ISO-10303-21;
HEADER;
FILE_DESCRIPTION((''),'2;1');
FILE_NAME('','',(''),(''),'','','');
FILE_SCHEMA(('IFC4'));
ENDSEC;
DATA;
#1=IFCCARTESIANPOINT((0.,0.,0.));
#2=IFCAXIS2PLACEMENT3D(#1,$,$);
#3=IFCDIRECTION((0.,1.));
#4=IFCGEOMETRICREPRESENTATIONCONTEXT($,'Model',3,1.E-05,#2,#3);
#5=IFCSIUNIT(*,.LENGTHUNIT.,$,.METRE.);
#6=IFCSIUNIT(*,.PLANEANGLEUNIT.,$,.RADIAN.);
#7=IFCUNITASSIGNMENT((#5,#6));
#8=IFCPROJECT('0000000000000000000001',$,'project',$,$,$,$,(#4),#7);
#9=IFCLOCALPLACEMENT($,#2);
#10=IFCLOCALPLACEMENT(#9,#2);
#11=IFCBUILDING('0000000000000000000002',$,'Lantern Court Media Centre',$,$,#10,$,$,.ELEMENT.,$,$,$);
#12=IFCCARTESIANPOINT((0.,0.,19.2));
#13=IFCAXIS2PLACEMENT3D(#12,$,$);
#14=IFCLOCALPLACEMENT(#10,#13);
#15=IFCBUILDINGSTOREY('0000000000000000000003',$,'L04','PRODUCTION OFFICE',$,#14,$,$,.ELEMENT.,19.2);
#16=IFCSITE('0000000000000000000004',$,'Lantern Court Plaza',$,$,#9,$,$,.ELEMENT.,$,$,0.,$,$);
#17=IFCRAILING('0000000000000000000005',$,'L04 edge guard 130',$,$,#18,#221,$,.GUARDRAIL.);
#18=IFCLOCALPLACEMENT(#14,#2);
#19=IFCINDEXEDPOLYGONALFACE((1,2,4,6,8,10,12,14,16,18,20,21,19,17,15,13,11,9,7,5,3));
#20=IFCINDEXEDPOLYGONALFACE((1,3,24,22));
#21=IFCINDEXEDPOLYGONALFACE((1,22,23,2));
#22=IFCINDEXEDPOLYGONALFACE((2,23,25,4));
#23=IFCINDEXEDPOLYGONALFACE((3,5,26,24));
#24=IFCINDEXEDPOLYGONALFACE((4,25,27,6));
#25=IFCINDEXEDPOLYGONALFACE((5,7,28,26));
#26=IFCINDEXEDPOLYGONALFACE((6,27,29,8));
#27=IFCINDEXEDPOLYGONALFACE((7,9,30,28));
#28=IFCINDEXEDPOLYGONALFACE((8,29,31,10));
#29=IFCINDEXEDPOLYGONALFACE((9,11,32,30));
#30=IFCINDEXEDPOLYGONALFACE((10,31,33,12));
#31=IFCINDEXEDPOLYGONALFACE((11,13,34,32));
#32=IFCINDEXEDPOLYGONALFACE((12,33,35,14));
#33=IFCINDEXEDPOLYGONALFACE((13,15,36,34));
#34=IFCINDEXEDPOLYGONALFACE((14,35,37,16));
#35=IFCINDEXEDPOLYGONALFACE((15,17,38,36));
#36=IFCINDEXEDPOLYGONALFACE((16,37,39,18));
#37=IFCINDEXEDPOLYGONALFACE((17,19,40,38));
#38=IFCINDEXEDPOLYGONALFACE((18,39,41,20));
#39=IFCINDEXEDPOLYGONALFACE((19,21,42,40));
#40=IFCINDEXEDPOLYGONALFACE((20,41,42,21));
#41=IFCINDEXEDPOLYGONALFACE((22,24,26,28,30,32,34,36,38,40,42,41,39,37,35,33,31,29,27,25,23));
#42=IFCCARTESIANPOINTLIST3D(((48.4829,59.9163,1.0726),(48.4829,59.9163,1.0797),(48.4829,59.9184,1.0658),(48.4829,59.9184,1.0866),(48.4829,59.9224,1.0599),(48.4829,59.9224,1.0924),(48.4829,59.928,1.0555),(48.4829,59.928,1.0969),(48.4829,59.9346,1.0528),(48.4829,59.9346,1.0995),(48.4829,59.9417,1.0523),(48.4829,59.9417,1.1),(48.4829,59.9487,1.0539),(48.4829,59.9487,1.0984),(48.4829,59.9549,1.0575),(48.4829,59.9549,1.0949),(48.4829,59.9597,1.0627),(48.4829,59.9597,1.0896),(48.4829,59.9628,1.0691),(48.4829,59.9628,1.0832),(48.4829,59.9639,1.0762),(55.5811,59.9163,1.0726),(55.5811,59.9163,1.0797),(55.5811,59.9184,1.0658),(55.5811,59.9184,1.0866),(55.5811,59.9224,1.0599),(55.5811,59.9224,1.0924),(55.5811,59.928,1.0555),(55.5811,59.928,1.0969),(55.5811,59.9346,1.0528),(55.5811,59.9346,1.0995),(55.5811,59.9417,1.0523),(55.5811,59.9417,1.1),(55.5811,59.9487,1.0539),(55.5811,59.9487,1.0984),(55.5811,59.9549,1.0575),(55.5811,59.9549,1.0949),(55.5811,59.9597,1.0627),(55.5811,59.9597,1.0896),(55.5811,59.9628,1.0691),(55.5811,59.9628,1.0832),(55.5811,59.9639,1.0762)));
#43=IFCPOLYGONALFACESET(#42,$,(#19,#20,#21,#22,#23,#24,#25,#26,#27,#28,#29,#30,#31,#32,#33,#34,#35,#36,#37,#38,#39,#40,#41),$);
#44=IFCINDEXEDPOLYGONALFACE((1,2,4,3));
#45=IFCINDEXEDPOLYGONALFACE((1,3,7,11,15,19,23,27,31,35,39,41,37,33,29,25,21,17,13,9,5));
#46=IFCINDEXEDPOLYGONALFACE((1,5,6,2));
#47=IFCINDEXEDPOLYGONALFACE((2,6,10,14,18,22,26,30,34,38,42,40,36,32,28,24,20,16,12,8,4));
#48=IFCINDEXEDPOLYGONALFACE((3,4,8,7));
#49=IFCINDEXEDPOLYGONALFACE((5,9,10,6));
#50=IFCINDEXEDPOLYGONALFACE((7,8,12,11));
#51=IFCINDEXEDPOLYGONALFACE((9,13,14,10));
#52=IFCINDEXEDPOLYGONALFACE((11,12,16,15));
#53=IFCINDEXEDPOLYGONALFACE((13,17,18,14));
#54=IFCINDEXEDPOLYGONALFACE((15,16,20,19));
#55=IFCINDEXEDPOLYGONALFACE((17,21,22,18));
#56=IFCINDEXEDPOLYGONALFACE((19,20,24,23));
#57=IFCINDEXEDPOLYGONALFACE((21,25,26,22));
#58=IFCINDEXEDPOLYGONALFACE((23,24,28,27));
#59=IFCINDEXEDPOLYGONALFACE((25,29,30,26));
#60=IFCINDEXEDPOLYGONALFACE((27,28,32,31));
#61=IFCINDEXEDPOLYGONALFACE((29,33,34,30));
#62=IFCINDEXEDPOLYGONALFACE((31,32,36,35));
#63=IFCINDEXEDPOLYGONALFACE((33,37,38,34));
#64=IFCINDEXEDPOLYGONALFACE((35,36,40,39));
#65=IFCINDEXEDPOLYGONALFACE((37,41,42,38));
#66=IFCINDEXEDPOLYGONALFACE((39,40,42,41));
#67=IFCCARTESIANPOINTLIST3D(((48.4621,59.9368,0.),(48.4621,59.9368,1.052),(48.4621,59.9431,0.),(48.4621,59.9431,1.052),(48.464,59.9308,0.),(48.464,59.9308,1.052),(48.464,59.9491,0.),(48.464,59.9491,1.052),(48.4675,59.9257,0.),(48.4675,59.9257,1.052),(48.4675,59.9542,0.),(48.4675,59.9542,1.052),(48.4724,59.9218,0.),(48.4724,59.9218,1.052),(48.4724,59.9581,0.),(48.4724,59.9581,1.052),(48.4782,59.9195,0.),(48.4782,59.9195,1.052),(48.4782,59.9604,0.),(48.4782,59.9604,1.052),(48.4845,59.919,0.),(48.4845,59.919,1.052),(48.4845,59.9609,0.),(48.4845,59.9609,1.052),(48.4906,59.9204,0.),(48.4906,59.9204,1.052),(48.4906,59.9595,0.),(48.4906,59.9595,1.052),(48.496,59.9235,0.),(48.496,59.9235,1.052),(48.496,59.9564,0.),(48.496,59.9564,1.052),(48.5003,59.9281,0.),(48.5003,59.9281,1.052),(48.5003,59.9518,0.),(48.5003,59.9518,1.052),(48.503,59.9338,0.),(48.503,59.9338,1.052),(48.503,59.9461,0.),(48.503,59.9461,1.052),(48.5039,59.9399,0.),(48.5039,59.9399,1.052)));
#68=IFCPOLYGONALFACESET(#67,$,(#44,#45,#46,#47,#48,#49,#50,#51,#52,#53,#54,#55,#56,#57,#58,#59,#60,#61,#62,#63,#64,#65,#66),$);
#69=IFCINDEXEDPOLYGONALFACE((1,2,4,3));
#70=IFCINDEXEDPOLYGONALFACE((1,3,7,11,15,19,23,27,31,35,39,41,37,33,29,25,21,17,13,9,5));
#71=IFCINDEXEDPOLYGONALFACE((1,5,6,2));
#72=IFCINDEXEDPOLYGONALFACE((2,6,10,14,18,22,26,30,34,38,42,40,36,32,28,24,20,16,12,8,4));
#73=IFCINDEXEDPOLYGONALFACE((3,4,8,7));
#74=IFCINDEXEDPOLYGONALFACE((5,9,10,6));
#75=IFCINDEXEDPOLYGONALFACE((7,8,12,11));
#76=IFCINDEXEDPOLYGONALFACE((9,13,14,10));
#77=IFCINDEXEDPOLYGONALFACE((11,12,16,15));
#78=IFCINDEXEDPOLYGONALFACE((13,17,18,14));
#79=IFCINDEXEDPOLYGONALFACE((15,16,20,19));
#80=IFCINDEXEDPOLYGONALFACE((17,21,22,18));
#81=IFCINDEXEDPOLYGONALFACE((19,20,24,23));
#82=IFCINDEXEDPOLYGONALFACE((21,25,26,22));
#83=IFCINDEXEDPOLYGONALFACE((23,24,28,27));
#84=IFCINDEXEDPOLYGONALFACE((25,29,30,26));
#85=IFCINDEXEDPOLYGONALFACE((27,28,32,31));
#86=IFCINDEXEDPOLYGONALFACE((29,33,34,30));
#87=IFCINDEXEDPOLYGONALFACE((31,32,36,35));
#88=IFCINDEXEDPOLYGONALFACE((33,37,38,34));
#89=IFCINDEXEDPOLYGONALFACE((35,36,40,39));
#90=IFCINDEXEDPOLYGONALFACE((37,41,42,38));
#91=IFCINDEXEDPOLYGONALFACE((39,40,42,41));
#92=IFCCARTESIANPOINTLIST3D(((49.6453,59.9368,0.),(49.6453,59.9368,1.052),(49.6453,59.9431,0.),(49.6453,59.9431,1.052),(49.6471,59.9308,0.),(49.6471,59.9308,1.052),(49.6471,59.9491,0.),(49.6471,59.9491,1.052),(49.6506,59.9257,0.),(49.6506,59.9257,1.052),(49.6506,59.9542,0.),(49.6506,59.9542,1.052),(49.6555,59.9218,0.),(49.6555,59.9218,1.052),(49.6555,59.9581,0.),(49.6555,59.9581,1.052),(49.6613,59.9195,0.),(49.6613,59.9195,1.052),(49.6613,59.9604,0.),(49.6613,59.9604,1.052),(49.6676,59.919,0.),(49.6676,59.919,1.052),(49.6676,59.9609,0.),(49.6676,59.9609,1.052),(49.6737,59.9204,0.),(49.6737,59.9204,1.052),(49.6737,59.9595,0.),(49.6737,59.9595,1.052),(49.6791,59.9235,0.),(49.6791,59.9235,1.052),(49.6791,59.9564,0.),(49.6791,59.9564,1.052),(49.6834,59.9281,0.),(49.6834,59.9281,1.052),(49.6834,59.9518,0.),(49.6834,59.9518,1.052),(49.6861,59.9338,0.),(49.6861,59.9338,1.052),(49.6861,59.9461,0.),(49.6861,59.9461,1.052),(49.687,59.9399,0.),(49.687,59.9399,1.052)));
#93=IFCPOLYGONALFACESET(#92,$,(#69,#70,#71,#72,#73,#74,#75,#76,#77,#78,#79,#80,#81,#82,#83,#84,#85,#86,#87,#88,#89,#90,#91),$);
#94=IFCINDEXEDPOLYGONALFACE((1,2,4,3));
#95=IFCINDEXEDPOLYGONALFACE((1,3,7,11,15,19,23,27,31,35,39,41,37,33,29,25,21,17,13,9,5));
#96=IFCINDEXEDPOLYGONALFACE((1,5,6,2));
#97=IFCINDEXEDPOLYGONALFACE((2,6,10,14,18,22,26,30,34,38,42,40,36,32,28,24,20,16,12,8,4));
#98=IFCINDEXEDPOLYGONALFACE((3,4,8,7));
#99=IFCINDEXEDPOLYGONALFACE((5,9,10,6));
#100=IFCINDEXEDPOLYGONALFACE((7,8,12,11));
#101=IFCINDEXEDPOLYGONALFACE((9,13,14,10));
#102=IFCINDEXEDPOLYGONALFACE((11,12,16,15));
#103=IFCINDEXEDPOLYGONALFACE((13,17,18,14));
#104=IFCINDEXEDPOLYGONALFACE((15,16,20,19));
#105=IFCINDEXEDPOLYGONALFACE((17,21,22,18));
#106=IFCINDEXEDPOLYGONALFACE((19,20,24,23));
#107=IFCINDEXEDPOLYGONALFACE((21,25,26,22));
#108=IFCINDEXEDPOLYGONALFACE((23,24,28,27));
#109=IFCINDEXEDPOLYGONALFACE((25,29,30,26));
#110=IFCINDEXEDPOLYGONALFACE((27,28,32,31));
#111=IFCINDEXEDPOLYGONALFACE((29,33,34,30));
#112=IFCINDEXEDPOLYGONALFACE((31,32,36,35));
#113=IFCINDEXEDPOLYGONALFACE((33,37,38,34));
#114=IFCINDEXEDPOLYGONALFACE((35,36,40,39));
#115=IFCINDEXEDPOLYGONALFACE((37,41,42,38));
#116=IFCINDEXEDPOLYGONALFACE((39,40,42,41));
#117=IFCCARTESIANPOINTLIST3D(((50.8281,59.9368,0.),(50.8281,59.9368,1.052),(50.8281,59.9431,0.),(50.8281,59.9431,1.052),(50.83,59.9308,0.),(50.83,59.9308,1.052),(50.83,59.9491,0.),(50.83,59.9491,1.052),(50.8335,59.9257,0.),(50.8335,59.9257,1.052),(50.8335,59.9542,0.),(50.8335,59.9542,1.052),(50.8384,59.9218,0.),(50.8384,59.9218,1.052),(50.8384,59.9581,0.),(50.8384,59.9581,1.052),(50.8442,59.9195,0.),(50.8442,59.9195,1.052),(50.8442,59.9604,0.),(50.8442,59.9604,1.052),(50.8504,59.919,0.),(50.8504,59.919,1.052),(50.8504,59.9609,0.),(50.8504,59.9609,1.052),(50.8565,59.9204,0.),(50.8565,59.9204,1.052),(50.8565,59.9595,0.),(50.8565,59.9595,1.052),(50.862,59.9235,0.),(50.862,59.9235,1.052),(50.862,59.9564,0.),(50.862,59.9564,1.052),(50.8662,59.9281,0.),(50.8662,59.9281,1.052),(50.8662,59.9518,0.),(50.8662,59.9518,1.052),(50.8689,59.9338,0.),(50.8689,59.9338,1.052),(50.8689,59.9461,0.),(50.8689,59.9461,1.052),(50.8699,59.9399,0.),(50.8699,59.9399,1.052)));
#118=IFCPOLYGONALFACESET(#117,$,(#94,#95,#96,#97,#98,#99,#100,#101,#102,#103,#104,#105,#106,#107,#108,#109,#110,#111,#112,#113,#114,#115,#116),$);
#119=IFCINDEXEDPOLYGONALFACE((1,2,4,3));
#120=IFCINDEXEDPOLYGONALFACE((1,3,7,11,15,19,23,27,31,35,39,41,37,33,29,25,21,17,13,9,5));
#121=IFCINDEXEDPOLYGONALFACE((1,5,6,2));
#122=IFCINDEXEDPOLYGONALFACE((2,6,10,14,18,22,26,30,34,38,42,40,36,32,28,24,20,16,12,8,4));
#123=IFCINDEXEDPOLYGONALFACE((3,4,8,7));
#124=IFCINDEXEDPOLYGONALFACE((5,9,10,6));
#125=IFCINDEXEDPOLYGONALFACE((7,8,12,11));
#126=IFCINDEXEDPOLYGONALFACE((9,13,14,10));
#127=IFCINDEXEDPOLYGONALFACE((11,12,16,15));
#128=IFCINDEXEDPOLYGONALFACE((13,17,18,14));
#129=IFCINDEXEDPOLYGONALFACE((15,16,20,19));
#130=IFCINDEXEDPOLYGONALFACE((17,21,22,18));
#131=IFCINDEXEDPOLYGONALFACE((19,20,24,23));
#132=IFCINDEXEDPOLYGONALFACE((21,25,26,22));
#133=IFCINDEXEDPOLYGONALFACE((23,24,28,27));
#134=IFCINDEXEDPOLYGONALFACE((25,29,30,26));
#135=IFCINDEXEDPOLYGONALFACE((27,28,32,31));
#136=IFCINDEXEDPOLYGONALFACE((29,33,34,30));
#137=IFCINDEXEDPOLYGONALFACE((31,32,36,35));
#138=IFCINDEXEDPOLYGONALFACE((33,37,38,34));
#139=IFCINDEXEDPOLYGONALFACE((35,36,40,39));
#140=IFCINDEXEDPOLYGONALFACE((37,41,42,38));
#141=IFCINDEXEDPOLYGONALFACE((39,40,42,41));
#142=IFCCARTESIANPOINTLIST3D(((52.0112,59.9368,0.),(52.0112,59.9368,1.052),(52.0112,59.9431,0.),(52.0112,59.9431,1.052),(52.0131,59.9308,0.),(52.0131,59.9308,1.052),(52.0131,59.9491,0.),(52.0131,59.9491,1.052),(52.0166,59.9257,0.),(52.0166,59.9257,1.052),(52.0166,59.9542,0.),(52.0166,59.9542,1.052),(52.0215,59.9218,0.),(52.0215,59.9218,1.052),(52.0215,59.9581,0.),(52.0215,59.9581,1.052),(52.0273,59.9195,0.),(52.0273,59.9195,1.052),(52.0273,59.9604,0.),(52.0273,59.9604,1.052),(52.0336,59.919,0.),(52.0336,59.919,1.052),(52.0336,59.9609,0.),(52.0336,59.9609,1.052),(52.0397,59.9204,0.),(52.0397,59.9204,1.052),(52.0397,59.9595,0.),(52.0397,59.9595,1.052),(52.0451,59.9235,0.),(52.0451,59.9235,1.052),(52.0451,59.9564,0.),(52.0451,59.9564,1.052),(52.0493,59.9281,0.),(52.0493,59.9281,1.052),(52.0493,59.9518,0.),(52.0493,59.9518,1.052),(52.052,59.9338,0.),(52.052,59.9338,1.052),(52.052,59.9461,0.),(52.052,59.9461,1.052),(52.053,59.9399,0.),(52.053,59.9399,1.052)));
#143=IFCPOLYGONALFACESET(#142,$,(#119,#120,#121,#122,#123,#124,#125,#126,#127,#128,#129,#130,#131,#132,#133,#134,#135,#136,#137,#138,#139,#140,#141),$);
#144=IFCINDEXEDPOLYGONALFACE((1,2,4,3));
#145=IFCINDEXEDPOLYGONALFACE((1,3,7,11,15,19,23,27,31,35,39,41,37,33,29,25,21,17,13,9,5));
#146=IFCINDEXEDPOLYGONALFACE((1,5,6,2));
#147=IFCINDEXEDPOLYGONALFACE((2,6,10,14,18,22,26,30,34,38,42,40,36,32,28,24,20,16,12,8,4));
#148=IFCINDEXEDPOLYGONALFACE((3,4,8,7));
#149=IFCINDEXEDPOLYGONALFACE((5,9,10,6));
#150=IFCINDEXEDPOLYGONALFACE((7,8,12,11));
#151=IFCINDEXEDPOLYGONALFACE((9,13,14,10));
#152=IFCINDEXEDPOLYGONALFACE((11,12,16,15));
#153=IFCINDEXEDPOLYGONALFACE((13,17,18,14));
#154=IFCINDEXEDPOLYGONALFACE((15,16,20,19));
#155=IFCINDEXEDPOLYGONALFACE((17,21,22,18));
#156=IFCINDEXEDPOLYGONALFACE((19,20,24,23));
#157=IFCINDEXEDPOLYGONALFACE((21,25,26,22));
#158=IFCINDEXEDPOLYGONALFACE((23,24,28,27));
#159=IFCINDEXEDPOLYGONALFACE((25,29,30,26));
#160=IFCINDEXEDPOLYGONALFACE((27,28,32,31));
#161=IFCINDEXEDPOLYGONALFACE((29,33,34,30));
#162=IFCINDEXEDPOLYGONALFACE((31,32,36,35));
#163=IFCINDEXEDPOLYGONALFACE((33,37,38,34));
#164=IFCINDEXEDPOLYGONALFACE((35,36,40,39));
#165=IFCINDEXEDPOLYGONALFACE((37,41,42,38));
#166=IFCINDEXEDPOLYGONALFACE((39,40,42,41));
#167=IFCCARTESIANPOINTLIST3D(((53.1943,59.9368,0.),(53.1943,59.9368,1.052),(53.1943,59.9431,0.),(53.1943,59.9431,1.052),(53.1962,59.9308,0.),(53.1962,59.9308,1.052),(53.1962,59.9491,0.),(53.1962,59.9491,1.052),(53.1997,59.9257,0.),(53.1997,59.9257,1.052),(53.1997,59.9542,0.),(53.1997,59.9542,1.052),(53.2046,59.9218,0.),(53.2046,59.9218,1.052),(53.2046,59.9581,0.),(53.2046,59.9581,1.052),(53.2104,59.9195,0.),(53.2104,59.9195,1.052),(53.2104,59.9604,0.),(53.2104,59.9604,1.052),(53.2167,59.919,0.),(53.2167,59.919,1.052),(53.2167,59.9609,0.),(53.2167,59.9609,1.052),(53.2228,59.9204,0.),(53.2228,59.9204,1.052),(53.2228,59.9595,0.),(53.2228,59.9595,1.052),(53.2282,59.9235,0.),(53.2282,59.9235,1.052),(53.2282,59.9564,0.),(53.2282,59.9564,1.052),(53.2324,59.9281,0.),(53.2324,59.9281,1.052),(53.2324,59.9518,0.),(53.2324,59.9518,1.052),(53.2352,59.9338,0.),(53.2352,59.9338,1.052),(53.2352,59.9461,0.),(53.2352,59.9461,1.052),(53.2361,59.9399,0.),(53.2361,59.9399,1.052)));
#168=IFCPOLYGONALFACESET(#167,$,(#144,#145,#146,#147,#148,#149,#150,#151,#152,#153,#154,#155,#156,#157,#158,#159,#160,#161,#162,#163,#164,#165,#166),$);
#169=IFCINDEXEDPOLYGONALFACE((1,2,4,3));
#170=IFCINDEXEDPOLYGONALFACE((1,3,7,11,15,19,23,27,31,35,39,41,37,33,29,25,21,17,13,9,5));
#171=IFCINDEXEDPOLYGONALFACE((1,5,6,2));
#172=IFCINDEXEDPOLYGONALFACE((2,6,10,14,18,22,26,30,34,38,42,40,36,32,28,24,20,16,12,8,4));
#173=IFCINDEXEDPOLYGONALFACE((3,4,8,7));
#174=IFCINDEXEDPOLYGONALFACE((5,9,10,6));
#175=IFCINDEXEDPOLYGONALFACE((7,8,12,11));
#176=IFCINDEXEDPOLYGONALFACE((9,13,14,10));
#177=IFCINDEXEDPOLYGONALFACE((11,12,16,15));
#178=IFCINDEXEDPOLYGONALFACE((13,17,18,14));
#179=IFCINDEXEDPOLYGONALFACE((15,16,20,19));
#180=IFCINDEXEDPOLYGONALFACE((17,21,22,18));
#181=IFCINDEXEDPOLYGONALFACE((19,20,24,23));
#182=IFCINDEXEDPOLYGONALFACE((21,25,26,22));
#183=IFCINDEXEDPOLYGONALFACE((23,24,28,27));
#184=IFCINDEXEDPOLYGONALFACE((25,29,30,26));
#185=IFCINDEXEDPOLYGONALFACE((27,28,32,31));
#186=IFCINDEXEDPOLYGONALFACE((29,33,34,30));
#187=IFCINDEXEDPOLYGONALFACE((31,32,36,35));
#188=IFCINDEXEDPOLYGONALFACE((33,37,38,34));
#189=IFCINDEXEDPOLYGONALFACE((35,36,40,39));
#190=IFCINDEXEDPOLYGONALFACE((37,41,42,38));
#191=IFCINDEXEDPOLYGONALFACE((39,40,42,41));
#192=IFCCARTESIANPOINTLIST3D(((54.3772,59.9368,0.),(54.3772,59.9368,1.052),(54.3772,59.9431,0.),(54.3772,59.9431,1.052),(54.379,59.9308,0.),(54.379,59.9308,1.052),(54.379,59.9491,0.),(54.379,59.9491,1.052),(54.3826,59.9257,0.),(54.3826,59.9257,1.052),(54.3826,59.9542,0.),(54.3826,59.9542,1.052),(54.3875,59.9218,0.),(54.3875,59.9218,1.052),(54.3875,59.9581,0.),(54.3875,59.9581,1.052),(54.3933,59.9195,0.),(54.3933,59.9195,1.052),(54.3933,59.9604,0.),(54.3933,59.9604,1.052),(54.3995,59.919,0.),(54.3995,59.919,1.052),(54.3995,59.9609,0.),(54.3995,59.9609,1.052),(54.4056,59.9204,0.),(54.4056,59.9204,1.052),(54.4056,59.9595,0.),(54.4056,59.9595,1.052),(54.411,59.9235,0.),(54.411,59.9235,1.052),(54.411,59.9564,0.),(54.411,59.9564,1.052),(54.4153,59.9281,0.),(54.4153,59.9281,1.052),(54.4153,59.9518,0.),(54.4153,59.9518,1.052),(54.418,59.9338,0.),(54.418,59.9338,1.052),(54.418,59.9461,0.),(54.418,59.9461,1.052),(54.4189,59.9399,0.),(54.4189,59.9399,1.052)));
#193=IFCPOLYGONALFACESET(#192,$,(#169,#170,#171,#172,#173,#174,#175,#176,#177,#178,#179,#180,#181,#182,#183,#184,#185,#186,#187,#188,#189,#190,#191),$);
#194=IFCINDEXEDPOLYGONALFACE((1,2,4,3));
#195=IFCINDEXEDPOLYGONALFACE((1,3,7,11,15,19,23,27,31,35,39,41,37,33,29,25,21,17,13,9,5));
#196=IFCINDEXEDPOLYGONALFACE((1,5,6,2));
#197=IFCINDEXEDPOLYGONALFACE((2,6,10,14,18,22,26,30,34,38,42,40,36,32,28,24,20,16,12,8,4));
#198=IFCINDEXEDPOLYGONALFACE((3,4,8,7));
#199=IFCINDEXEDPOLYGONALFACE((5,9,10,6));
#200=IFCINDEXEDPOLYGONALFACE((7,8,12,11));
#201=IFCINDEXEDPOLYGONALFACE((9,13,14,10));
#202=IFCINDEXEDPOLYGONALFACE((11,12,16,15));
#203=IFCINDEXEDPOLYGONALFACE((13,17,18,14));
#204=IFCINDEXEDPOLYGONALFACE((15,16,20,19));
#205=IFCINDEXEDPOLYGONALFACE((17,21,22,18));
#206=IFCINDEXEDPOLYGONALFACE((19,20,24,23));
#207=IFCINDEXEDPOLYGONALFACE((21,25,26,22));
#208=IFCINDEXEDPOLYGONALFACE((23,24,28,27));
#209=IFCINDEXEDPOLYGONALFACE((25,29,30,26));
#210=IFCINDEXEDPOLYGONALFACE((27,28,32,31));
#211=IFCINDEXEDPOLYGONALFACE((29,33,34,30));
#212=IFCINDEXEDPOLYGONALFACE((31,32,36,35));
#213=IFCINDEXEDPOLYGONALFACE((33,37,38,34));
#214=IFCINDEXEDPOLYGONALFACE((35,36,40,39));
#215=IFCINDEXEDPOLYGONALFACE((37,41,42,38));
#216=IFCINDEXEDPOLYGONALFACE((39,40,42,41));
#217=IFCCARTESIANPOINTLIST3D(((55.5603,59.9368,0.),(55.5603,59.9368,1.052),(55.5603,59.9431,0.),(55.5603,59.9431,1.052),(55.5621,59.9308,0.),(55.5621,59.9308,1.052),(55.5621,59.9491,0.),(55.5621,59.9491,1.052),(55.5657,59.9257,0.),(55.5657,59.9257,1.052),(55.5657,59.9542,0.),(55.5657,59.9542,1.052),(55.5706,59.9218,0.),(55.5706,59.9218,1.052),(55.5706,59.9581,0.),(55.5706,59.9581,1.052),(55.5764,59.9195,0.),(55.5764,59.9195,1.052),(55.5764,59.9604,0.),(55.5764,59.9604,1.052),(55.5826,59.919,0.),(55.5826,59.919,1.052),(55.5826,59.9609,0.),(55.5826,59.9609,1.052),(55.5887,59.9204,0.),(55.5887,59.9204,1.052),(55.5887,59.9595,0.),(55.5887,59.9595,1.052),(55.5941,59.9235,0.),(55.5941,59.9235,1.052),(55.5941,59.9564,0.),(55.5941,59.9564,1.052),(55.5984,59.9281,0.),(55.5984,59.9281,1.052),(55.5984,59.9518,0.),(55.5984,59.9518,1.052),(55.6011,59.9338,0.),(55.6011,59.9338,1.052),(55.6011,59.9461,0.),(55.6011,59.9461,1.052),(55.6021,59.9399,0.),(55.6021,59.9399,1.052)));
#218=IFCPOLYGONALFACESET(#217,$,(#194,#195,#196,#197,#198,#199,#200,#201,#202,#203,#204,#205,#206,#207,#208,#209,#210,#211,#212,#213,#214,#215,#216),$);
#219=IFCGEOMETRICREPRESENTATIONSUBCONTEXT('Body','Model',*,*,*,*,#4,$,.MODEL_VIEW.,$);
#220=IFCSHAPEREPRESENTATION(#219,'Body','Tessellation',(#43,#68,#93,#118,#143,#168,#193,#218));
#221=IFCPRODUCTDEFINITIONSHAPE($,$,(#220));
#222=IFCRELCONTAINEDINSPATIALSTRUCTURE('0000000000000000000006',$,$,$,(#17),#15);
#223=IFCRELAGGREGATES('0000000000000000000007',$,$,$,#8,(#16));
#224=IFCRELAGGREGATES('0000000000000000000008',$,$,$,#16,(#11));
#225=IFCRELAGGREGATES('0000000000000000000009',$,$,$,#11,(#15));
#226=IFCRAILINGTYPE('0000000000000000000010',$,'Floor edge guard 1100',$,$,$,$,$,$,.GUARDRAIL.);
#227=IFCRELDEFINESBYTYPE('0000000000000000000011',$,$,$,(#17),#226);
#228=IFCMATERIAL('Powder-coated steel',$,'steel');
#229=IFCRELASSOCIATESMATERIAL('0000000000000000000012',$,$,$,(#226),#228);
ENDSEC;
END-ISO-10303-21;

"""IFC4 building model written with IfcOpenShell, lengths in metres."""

from ifc_helpers import new_model, si_unit, direction, frame, origin, origin_2d, place, context, subcontext, project, spatial, circle, extrude, material, type_object, element, save


model = new_model("IFC4")

# Units and contexts
model_context = context("Model", 3, precision=1e-05, world=origin(), true_north=direction((0.0, 1.0)))
body_context = subcontext(model_context, "Body", "Model", "MODEL_VIEW")
ifc_project = project(units=[si_unit("LENGTHUNIT", "METRE"), si_unit("PLANEANGLEUNIT", "RADIAN")], contexts=[model_context])

# Site, building, storey
site_placement = place(None, origin())
site = spatial("IfcSite", under=ifc_project, at=site_placement, Name="Lantern Court Plaza", CompositionType="ELEMENT", RefElevation=0.0)
building_placement = place(site_placement, origin())
building = spatial("IfcBuilding", under=site, at=building_placement, Name="Lantern Court Media Centre", CompositionType="ELEMENT")
storey_placement = place(building_placement, frame((0.0, 0.0, 19.2)))
storey = spatial("IfcBuildingStorey", under=building, at=storey_placement, Name="L04", Description="PRODUCTION OFFICE", CompositionType="ELEMENT", Elevation=19.2)

# Railing
ifc_material_1 = material(Name="Powder-coated steel", Category="steel")
railing_type = type_object("IfcRailingType", Name="Floor edge guard 1100", PredefinedType="GUARDRAIL", material=ifc_material_1)
railing_1_placement = place(storey_placement, frame((48.4829, 59.9399, 0.0)))
element("IfcRailing", 1, at=railing_1_placement, inside=storey, type_object=railing_type, Name="L04 edge guard 130", PredefinedType="GUARDRAIL", context=body_context, shape_type="SweptSolid", body=[
    extrude(circle(Radius=0.0239, at=origin_2d()), frame((0.0, 0.0, 1.0762), z_axis=(1.0, 0.0, 0.0), x_axis=(0.0, 1.0, 0.0)), (0.0, 0.0, 1.0), 7.0981),
    extrude(circle(Radius=0.021, at=origin_2d()), origin(), (0.0, 0.0, 1.0), 1.052),
    extrude(circle(Radius=0.021, at=origin_2d()), frame((1.1831, 0.0, 0.0)), (0.0, 0.0, 1.0), 1.052),
    extrude(circle(Radius=0.021, at=origin_2d()), frame((2.366, 0.0, 0.0)), (0.0, 0.0, 1.0), 1.052),
    extrude(circle(Radius=0.021, at=origin_2d()), frame((3.5491, 0.0, 0.0)), (0.0, 0.0, 1.0), 1.052),
    extrude(circle(Radius=0.021, at=origin_2d()), frame((4.7322, 0.0, 0.0)), (0.0, 0.0, 1.0), 1.052),
    extrude(circle(Radius=0.021, at=origin_2d()), frame((5.915, 0.0, 0.0)), (0.0, 0.0, 1.0), 1.052),
    extrude(circle(Radius=0.021, at=origin_2d()), frame((7.0981, 0.0, 0.0)), (0.0, 0.0, 1.0), 1.052),
])

save(model, "model.ifc")
